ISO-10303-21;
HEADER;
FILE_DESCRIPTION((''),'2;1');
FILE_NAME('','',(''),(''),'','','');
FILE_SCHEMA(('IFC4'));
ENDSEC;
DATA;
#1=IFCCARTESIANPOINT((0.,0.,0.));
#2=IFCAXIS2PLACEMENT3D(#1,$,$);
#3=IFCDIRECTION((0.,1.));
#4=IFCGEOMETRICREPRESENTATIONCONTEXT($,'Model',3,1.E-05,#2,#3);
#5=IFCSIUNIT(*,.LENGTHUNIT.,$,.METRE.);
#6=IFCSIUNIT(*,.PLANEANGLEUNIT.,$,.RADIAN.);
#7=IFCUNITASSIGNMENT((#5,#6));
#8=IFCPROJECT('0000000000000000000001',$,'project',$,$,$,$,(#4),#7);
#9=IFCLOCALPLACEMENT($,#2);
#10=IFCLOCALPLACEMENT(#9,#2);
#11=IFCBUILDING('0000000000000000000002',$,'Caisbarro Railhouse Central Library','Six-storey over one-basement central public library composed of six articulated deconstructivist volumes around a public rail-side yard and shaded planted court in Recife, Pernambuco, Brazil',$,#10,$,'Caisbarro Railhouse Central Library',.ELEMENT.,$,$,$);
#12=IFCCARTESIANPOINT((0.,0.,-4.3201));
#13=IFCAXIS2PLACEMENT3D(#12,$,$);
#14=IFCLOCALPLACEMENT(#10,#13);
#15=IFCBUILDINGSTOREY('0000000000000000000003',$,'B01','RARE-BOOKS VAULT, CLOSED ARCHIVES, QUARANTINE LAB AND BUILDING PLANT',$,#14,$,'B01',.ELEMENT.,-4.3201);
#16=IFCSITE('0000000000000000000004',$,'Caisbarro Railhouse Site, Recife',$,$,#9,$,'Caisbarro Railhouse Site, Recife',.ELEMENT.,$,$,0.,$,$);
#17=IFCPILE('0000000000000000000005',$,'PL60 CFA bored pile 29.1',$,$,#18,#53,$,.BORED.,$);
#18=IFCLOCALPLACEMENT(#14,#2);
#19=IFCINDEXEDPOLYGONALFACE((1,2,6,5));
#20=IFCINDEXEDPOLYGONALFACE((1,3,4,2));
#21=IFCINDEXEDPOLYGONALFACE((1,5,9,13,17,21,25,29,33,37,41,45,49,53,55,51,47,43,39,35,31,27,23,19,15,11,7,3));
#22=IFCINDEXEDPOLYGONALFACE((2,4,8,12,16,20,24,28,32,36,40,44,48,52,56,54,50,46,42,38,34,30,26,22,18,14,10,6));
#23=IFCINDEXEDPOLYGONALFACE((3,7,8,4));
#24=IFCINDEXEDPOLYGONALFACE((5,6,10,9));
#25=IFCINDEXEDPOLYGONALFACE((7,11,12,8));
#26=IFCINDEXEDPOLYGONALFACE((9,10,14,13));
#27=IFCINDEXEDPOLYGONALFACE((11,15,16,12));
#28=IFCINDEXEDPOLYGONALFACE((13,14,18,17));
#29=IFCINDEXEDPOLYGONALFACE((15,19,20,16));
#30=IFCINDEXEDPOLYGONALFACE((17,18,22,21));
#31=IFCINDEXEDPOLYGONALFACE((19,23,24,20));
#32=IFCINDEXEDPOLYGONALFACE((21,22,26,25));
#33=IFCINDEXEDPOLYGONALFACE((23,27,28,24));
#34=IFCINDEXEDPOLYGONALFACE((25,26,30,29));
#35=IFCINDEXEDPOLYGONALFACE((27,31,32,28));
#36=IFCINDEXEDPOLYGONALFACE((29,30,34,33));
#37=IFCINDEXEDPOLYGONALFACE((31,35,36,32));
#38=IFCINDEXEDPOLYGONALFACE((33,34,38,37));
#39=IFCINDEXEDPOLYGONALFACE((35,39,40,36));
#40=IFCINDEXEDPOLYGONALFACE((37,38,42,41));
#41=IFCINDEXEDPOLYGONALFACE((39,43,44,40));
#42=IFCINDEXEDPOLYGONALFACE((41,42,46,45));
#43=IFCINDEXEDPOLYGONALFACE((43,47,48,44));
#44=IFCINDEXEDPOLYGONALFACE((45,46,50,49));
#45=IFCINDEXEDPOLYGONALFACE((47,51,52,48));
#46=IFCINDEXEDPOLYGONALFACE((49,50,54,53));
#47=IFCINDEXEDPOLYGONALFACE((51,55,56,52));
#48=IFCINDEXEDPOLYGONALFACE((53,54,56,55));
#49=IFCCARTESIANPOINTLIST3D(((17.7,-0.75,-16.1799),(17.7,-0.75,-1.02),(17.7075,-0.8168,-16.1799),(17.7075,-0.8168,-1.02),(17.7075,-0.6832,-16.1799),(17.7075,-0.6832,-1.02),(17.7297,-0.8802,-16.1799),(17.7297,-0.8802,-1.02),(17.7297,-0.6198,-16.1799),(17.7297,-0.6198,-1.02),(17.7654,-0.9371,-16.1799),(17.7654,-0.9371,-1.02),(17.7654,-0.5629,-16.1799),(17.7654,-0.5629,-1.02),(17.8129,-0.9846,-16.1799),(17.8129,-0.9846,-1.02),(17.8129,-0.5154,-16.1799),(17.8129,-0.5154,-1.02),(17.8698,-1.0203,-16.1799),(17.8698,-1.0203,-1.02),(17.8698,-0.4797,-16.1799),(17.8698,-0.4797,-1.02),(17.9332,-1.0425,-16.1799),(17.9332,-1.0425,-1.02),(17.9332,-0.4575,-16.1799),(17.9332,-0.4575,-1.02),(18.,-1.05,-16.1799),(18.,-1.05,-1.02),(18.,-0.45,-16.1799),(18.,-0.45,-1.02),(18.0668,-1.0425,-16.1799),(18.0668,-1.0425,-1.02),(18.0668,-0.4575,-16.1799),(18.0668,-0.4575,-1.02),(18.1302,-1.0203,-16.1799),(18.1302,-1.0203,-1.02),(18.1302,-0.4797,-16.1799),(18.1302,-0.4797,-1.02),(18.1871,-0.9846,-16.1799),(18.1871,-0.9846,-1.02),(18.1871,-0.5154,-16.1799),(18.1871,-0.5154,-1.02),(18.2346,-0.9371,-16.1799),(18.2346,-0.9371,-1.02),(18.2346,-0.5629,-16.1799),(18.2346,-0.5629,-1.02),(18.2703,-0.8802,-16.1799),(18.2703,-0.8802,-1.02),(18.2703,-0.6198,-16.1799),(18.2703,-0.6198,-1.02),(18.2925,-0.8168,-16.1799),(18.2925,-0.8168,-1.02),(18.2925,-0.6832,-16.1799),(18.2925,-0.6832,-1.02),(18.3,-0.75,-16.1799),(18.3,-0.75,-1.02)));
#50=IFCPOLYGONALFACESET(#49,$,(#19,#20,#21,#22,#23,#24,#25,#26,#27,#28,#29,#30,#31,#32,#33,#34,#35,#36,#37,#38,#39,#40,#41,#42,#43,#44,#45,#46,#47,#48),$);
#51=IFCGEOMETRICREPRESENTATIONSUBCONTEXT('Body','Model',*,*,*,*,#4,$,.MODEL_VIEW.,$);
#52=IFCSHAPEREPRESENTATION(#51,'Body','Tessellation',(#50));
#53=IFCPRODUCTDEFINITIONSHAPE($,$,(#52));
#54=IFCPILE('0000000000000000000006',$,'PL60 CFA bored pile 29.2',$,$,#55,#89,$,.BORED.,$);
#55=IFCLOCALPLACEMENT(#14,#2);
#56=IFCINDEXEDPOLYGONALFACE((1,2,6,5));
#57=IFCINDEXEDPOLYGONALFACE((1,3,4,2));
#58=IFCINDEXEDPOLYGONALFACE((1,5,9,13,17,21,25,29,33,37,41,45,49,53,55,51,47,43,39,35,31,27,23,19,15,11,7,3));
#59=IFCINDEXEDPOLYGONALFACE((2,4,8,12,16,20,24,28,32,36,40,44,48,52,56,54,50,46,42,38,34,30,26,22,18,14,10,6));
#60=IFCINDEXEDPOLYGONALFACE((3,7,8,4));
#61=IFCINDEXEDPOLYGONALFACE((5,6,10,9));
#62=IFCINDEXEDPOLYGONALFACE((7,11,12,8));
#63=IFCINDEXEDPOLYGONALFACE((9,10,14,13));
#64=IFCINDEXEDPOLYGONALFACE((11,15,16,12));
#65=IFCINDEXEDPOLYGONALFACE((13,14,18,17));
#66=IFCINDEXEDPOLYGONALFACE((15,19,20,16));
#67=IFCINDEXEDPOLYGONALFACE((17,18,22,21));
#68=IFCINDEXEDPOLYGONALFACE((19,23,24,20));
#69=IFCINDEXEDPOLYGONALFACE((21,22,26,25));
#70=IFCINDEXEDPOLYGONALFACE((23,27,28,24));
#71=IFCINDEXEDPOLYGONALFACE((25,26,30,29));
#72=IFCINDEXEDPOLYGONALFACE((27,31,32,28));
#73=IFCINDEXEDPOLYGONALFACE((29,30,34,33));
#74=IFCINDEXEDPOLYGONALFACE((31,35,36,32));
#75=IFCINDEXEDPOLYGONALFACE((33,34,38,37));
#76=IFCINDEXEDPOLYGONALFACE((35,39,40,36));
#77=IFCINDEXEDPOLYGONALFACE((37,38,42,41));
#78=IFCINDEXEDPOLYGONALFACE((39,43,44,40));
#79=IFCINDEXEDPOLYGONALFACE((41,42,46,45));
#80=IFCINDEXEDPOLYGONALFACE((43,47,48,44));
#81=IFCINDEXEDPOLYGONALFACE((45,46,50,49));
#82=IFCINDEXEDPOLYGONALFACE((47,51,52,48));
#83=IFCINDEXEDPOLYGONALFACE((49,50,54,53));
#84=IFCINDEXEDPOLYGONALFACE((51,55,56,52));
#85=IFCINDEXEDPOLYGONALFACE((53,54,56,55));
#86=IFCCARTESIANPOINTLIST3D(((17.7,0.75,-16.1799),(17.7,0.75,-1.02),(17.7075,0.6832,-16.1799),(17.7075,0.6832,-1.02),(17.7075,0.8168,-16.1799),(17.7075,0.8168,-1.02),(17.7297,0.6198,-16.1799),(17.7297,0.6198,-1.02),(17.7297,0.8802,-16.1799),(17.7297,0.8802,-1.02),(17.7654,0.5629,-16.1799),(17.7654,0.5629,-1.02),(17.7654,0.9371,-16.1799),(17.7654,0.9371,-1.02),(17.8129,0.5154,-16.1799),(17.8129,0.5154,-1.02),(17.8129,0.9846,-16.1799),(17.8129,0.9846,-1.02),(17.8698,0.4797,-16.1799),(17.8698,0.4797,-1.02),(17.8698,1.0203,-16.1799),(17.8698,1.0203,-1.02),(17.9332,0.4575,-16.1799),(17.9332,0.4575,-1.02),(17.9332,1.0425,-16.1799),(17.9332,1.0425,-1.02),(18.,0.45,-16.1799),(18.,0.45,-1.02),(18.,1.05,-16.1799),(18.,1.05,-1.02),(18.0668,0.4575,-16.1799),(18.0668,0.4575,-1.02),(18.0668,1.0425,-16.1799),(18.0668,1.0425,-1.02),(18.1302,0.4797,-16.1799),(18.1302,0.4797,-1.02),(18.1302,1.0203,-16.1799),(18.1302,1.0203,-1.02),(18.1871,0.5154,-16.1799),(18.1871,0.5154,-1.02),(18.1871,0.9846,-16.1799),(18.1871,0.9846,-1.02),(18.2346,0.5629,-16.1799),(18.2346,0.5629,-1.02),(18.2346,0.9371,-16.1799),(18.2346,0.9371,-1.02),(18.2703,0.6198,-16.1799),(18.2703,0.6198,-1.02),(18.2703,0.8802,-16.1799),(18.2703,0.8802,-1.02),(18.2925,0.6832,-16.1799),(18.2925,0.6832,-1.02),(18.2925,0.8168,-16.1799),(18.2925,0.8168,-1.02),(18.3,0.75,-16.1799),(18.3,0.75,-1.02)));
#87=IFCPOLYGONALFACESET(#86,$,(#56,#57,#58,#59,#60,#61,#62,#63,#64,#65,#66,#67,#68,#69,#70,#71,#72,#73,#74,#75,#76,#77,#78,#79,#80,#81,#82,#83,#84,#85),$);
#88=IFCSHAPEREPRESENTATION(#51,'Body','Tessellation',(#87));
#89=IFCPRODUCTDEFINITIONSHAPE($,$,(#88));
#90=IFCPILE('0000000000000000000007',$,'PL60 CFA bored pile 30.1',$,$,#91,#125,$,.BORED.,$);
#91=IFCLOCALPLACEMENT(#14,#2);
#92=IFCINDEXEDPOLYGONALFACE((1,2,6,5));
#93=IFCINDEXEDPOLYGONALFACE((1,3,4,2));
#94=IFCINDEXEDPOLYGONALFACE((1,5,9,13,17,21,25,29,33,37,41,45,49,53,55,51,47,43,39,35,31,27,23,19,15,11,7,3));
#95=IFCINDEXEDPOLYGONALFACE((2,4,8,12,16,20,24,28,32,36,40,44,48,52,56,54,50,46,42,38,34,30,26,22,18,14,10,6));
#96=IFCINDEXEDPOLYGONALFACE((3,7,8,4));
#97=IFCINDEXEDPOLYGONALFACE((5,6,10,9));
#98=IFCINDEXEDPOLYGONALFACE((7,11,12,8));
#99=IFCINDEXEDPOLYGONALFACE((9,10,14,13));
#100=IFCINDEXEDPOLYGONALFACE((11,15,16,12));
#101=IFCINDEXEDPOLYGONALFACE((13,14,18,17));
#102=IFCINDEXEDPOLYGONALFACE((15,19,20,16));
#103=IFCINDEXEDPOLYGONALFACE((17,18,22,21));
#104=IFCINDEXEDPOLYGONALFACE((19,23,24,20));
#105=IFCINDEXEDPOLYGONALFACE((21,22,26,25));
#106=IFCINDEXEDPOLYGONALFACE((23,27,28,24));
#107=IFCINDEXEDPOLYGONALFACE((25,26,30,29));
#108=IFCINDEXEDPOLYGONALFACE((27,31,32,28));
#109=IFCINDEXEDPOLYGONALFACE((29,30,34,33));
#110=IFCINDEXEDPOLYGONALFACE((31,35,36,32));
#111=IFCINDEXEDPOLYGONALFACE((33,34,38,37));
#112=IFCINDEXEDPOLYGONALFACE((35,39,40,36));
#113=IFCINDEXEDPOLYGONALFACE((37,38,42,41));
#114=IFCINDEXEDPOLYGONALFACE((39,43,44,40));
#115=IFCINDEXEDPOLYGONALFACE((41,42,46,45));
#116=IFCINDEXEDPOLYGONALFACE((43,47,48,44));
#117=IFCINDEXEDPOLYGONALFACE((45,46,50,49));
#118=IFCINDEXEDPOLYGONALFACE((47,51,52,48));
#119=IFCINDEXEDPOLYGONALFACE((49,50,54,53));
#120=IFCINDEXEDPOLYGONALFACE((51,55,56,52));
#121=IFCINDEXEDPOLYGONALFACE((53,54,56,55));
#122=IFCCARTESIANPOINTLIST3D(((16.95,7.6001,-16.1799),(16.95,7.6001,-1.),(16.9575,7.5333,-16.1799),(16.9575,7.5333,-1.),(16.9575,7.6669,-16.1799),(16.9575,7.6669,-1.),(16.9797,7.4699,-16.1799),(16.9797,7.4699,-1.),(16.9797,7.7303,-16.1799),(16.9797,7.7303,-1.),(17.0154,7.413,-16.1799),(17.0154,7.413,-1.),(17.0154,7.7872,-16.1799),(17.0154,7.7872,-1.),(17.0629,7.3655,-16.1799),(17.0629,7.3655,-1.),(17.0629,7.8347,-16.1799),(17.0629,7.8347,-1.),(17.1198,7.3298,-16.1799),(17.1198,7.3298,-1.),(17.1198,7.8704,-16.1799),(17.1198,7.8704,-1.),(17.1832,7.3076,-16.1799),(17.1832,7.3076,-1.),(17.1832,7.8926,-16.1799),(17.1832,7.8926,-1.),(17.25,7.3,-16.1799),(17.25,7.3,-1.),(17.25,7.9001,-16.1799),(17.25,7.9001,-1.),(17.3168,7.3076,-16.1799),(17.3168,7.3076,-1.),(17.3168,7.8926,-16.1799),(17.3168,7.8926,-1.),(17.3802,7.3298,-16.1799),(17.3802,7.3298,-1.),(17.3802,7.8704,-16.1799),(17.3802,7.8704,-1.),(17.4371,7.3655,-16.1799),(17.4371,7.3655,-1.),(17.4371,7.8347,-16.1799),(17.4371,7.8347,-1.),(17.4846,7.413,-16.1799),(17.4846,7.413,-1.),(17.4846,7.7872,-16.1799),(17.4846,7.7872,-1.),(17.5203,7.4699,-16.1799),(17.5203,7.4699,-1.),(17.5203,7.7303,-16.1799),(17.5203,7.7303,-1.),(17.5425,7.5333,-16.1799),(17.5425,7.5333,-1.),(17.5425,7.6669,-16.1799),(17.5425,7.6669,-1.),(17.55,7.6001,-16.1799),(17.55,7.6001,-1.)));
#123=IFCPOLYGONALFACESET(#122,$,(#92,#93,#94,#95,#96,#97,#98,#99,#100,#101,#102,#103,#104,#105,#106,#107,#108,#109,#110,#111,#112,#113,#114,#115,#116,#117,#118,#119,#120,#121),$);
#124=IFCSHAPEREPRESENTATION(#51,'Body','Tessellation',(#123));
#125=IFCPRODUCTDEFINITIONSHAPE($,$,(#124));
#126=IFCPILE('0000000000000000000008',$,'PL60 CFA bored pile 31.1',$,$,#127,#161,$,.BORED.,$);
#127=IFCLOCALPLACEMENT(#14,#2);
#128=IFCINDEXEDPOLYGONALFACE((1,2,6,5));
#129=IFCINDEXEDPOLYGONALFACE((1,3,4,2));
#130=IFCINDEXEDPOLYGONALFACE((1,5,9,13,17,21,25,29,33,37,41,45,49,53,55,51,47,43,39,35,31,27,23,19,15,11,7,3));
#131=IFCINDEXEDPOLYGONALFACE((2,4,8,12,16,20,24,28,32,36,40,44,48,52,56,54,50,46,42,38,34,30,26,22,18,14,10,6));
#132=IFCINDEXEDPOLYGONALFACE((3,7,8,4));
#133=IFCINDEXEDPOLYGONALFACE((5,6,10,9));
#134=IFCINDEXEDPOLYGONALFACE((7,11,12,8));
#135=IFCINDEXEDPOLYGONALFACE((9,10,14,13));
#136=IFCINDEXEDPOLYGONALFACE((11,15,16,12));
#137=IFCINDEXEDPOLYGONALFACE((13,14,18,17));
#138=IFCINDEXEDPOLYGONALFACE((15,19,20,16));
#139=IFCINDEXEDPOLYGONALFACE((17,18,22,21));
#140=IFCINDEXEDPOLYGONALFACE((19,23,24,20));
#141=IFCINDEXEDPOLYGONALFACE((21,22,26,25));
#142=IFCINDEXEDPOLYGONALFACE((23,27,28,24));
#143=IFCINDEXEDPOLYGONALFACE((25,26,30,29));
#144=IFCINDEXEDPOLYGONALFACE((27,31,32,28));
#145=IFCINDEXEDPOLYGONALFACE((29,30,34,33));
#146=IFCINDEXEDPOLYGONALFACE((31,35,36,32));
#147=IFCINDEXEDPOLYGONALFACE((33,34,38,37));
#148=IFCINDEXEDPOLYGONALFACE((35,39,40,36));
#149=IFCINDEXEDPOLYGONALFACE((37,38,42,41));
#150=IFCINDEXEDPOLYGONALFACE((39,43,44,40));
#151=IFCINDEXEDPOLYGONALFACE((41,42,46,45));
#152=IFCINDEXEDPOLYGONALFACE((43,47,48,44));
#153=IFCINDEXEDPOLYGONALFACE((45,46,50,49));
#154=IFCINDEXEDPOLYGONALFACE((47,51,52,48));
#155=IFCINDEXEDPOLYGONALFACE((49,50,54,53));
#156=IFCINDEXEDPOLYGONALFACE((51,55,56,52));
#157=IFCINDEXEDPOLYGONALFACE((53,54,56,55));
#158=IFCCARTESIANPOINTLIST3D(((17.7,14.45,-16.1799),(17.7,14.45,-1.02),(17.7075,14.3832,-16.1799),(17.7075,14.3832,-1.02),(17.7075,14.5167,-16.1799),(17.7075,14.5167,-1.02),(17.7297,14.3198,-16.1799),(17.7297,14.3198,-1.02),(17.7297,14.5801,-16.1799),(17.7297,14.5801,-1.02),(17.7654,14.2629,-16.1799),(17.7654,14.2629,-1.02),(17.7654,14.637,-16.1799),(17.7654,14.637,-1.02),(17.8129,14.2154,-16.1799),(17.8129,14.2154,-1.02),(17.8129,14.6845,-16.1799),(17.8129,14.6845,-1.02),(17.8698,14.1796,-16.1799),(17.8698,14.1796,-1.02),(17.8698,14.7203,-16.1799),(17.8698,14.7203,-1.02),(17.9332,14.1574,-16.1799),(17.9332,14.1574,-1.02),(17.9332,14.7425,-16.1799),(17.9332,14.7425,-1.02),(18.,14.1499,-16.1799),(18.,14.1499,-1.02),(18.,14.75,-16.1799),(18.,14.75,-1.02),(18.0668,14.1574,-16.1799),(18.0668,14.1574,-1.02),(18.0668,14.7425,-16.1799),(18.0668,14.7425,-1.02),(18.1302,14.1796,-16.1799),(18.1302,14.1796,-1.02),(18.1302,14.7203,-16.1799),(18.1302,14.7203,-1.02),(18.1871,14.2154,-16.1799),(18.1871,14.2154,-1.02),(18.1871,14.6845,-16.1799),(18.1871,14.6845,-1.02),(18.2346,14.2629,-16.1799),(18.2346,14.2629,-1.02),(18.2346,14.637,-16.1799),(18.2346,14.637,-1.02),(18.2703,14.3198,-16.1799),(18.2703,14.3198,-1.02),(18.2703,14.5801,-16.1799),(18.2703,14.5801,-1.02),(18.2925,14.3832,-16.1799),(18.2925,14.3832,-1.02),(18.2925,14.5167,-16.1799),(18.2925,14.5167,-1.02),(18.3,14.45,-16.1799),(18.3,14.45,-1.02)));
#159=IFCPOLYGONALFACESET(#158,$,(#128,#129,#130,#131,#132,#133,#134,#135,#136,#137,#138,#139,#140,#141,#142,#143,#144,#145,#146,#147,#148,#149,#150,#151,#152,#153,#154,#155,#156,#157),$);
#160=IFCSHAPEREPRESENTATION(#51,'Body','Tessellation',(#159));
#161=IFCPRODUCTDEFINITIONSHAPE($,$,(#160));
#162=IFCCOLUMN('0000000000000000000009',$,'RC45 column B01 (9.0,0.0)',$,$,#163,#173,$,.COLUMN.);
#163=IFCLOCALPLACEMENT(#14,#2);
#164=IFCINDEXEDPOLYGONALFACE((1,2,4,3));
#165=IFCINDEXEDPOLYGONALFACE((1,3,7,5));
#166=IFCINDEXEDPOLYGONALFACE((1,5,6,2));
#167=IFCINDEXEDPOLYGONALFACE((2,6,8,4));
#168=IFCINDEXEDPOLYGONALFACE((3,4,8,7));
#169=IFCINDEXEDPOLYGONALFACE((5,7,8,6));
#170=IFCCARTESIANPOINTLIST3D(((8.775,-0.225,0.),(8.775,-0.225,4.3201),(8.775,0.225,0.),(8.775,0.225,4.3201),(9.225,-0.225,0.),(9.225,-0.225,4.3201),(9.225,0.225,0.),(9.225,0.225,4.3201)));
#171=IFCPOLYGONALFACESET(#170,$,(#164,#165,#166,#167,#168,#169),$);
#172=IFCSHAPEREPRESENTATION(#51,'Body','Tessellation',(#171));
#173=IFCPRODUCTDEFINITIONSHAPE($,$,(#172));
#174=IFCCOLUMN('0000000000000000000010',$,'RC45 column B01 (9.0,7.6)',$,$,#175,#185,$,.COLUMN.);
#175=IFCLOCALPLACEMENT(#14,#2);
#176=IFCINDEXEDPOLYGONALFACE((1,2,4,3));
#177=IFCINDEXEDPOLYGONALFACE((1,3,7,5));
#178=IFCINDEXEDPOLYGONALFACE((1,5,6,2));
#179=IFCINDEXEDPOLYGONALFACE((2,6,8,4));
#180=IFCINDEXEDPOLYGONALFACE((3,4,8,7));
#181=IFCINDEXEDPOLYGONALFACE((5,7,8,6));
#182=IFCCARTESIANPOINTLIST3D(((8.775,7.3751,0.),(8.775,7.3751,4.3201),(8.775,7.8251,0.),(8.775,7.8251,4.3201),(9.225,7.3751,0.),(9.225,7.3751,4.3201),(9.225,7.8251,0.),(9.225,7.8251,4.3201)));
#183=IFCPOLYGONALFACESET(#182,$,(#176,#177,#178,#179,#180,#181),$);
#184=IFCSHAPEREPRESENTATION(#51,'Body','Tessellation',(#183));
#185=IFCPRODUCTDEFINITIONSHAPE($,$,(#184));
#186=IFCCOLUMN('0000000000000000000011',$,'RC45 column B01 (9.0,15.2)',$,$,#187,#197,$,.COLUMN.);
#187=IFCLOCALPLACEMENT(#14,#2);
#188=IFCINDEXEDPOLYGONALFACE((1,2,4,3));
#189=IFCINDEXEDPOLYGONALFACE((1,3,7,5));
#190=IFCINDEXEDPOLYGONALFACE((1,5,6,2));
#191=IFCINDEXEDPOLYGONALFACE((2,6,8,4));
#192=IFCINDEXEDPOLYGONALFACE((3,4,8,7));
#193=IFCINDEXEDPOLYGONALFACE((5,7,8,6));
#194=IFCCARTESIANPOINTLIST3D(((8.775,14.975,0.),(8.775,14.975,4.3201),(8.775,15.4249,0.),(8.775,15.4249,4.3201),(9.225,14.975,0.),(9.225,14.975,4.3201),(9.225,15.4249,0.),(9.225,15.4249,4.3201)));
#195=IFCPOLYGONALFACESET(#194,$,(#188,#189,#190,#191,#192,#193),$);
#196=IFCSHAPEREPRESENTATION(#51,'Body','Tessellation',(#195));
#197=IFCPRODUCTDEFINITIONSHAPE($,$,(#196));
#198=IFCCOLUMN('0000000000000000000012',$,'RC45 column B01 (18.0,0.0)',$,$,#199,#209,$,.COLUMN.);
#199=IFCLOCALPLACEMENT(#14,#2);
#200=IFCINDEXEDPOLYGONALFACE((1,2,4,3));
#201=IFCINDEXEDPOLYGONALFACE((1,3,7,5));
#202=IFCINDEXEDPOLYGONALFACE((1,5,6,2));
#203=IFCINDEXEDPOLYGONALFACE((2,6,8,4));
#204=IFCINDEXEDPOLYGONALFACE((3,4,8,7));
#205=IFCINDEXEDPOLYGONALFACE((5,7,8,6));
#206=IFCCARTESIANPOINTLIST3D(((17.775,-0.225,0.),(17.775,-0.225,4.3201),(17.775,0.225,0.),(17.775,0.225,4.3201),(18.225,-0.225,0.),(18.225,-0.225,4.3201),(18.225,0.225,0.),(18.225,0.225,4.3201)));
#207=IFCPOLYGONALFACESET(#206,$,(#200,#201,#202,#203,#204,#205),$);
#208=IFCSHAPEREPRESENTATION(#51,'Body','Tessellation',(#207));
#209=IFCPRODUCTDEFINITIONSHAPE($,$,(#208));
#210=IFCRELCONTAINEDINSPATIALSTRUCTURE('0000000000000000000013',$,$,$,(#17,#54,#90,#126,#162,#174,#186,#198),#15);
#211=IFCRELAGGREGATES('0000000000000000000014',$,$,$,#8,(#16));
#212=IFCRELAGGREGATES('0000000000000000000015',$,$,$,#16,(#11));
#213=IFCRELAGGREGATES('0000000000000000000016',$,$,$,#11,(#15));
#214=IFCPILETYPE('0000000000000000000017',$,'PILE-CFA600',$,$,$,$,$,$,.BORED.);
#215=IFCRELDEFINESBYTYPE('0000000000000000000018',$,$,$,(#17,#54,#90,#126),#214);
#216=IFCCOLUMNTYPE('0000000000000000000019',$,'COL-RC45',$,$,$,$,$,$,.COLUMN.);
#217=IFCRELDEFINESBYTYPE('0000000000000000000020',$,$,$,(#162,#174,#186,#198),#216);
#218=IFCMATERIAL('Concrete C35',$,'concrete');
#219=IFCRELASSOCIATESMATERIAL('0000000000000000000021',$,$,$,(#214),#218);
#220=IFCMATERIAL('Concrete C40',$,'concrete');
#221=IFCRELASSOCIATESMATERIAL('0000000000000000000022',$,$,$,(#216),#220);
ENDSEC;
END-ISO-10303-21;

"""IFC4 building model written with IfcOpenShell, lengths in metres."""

from ifc_helpers import new_model, si_unit, direction, frame, origin, origin_2d, place, context, subcontext, project, spatial, rectangle, circle, extrude, material, material_profile, profile_set, type_object, element, save


model = new_model("IFC4")

# Units and contexts
model_context = context("Model", 3, precision=1e-05, world=origin(), true_north=direction((0.0, 1.0)))
body_context = subcontext(model_context, "Body", "Model", "MODEL_VIEW")
ifc_project = project(units=[si_unit("LENGTHUNIT", "METRE"), si_unit("PLANEANGLEUNIT", "RADIAN")], contexts=[model_context])

# Site, building, storey
site_placement = place(None, origin())
site = spatial("IfcSite", under=ifc_project, at=site_placement, Name="Caisbarro Railhouse Site, Recife", LongName="Caisbarro Railhouse Site, Recife", CompositionType="ELEMENT", RefElevation=0.0)
building_placement = place(site_placement, origin())
building = spatial("IfcBuilding", under=site, at=building_placement, Name="Caisbarro Railhouse Central Library", Description="Six-storey over one-basement central public library composed of six articulated deconstructivist volumes around a public rail-side yard and shaded planted court in Recife, Pernambuco, Brazil", LongName="Caisbarro Railhouse Central Library", CompositionType="ELEMENT")
storey_placement = place(building_placement, frame((0.0, 0.0, -4.3201)))
storey = spatial("IfcBuildingStorey", under=building, at=storey_placement, Name="B01", Description="RARE-BOOKS VAULT, CLOSED ARCHIVES, QUARANTINE LAB AND BUILDING PLANT", LongName="B01", CompositionType="ELEMENT", Elevation=-4.3201)

# Shared definitions
ifc_material_1 = material(Name="Concrete C35", Category="concrete")
ifc_material_2 = material(Name="Concrete C40", Category="concrete")

# Piles
ifc_material_profile_1 = material_profile(ifc_material_1, circle(Radius=0.3, at=origin_2d()), Name="PILE-CFA-600")
ifc_profile_set_1 = profile_set([ifc_material_profile_1], Name="Concrete C35")
pile_type = type_object("IfcPileType", Name="PILE-CFA600", PredefinedType="BORED", material=ifc_profile_set_1)
for number, where, z_axis, x_axis, name in (
    (1, (18.0, -0.75, -1.02), (0.0, 0.0, -1.0), (1.0, 0.0, 0.0), "PL60 CFA bored pile 29.1"),
    (2, (18.0, 0.75, -1.02), (0.0, 0.0, -1.0), (1.0, 0.0, 0.0), "PL60 CFA bored pile 29.2"),
):
    element("IfcPile", number, at=place(storey_placement, frame(where, z_axis=z_axis, x_axis=x_axis)), inside=storey, type_object=pile_type, Name=name, PredefinedType="BORED", context=body_context, shape_type="SweptSolid", body=[
        extrude(circle(Radius=0.3, at=origin_2d()), origin(), (0.0, 0.0, 1.0), 15.1599),
    ])
pile_1_placement = place(storey_placement, frame((17.25, 7.6001, -1.0), z_axis=(0.0, 0.0, -1.0), x_axis=(1.0, 0.0, 0.0)))
element("IfcPile", 3, at=pile_1_placement, inside=storey, type_object=pile_type, Name="PL60 CFA bored pile 30.1", PredefinedType="BORED", context=body_context, shape_type="SweptSolid", body=[
    extrude(circle(Radius=0.3, at=origin_2d()), origin(), (0.0, 0.0, 1.0), 15.1799),
])
pile_2_placement = place(storey_placement, frame((18.0, 14.45, -1.02), z_axis=(0.0, 0.0, -1.0), x_axis=(1.0, 0.0, 0.0)))
element("IfcPile", 4, at=pile_2_placement, inside=storey, type_object=pile_type, Name="PL60 CFA bored pile 31.1", PredefinedType="BORED", context=body_context, shape_type="SweptSolid", body=[
    extrude(circle(Radius=0.3, at=origin_2d()), origin(), (0.0, 0.0, 1.0), 15.1599),
])

# Columns
ifc_material_profile_2 = material_profile(ifc_material_2, rectangle(XDim=0.45, YDim=0.45, at=origin_2d()), Name="RC-COL-450X450")
ifc_profile_set_2 = profile_set([ifc_material_profile_2], Name="Concrete C40")
column_type = type_object("IfcColumnType", Name="COL-RC45", PredefinedType="COLUMN", material=ifc_profile_set_2)
for number, where, z_axis, x_axis, name in (
    (5, (9.0, 0.0, 0.0), (0.0, 0.0, 1.0), (1.0, 0.0, 0.0), "RC45 column B01 (9.0,0.0)"),
    (6, (9.0, 7.6001, 0.0), (0.0, 0.0, 1.0), (1.0, 0.0, 0.0), "RC45 column B01 (9.0,7.6)"),
    (7, (9.0, 15.2, 0.0), (0.0, 0.0, 1.0), (1.0, 0.0, 0.0), "RC45 column B01 (9.0,15.2)"),
    (8, (18.0, 0.0, 0.0), (0.0, 0.0, 1.0), (1.0, 0.0, 0.0), "RC45 column B01 (18.0,0.0)"),
):
    element("IfcColumn", number, at=place(storey_placement, frame(where, z_axis=z_axis, x_axis=x_axis)), inside=storey, type_object=column_type, Name=name, PredefinedType="COLUMN", context=body_context, shape_type="SweptSolid", body=[
        extrude(rectangle(XDim=0.45, YDim=0.45, at=origin_2d()), origin(), (0.0, 0.0, 1.0), 4.3201),
    ])

save(model, "model.ifc")
